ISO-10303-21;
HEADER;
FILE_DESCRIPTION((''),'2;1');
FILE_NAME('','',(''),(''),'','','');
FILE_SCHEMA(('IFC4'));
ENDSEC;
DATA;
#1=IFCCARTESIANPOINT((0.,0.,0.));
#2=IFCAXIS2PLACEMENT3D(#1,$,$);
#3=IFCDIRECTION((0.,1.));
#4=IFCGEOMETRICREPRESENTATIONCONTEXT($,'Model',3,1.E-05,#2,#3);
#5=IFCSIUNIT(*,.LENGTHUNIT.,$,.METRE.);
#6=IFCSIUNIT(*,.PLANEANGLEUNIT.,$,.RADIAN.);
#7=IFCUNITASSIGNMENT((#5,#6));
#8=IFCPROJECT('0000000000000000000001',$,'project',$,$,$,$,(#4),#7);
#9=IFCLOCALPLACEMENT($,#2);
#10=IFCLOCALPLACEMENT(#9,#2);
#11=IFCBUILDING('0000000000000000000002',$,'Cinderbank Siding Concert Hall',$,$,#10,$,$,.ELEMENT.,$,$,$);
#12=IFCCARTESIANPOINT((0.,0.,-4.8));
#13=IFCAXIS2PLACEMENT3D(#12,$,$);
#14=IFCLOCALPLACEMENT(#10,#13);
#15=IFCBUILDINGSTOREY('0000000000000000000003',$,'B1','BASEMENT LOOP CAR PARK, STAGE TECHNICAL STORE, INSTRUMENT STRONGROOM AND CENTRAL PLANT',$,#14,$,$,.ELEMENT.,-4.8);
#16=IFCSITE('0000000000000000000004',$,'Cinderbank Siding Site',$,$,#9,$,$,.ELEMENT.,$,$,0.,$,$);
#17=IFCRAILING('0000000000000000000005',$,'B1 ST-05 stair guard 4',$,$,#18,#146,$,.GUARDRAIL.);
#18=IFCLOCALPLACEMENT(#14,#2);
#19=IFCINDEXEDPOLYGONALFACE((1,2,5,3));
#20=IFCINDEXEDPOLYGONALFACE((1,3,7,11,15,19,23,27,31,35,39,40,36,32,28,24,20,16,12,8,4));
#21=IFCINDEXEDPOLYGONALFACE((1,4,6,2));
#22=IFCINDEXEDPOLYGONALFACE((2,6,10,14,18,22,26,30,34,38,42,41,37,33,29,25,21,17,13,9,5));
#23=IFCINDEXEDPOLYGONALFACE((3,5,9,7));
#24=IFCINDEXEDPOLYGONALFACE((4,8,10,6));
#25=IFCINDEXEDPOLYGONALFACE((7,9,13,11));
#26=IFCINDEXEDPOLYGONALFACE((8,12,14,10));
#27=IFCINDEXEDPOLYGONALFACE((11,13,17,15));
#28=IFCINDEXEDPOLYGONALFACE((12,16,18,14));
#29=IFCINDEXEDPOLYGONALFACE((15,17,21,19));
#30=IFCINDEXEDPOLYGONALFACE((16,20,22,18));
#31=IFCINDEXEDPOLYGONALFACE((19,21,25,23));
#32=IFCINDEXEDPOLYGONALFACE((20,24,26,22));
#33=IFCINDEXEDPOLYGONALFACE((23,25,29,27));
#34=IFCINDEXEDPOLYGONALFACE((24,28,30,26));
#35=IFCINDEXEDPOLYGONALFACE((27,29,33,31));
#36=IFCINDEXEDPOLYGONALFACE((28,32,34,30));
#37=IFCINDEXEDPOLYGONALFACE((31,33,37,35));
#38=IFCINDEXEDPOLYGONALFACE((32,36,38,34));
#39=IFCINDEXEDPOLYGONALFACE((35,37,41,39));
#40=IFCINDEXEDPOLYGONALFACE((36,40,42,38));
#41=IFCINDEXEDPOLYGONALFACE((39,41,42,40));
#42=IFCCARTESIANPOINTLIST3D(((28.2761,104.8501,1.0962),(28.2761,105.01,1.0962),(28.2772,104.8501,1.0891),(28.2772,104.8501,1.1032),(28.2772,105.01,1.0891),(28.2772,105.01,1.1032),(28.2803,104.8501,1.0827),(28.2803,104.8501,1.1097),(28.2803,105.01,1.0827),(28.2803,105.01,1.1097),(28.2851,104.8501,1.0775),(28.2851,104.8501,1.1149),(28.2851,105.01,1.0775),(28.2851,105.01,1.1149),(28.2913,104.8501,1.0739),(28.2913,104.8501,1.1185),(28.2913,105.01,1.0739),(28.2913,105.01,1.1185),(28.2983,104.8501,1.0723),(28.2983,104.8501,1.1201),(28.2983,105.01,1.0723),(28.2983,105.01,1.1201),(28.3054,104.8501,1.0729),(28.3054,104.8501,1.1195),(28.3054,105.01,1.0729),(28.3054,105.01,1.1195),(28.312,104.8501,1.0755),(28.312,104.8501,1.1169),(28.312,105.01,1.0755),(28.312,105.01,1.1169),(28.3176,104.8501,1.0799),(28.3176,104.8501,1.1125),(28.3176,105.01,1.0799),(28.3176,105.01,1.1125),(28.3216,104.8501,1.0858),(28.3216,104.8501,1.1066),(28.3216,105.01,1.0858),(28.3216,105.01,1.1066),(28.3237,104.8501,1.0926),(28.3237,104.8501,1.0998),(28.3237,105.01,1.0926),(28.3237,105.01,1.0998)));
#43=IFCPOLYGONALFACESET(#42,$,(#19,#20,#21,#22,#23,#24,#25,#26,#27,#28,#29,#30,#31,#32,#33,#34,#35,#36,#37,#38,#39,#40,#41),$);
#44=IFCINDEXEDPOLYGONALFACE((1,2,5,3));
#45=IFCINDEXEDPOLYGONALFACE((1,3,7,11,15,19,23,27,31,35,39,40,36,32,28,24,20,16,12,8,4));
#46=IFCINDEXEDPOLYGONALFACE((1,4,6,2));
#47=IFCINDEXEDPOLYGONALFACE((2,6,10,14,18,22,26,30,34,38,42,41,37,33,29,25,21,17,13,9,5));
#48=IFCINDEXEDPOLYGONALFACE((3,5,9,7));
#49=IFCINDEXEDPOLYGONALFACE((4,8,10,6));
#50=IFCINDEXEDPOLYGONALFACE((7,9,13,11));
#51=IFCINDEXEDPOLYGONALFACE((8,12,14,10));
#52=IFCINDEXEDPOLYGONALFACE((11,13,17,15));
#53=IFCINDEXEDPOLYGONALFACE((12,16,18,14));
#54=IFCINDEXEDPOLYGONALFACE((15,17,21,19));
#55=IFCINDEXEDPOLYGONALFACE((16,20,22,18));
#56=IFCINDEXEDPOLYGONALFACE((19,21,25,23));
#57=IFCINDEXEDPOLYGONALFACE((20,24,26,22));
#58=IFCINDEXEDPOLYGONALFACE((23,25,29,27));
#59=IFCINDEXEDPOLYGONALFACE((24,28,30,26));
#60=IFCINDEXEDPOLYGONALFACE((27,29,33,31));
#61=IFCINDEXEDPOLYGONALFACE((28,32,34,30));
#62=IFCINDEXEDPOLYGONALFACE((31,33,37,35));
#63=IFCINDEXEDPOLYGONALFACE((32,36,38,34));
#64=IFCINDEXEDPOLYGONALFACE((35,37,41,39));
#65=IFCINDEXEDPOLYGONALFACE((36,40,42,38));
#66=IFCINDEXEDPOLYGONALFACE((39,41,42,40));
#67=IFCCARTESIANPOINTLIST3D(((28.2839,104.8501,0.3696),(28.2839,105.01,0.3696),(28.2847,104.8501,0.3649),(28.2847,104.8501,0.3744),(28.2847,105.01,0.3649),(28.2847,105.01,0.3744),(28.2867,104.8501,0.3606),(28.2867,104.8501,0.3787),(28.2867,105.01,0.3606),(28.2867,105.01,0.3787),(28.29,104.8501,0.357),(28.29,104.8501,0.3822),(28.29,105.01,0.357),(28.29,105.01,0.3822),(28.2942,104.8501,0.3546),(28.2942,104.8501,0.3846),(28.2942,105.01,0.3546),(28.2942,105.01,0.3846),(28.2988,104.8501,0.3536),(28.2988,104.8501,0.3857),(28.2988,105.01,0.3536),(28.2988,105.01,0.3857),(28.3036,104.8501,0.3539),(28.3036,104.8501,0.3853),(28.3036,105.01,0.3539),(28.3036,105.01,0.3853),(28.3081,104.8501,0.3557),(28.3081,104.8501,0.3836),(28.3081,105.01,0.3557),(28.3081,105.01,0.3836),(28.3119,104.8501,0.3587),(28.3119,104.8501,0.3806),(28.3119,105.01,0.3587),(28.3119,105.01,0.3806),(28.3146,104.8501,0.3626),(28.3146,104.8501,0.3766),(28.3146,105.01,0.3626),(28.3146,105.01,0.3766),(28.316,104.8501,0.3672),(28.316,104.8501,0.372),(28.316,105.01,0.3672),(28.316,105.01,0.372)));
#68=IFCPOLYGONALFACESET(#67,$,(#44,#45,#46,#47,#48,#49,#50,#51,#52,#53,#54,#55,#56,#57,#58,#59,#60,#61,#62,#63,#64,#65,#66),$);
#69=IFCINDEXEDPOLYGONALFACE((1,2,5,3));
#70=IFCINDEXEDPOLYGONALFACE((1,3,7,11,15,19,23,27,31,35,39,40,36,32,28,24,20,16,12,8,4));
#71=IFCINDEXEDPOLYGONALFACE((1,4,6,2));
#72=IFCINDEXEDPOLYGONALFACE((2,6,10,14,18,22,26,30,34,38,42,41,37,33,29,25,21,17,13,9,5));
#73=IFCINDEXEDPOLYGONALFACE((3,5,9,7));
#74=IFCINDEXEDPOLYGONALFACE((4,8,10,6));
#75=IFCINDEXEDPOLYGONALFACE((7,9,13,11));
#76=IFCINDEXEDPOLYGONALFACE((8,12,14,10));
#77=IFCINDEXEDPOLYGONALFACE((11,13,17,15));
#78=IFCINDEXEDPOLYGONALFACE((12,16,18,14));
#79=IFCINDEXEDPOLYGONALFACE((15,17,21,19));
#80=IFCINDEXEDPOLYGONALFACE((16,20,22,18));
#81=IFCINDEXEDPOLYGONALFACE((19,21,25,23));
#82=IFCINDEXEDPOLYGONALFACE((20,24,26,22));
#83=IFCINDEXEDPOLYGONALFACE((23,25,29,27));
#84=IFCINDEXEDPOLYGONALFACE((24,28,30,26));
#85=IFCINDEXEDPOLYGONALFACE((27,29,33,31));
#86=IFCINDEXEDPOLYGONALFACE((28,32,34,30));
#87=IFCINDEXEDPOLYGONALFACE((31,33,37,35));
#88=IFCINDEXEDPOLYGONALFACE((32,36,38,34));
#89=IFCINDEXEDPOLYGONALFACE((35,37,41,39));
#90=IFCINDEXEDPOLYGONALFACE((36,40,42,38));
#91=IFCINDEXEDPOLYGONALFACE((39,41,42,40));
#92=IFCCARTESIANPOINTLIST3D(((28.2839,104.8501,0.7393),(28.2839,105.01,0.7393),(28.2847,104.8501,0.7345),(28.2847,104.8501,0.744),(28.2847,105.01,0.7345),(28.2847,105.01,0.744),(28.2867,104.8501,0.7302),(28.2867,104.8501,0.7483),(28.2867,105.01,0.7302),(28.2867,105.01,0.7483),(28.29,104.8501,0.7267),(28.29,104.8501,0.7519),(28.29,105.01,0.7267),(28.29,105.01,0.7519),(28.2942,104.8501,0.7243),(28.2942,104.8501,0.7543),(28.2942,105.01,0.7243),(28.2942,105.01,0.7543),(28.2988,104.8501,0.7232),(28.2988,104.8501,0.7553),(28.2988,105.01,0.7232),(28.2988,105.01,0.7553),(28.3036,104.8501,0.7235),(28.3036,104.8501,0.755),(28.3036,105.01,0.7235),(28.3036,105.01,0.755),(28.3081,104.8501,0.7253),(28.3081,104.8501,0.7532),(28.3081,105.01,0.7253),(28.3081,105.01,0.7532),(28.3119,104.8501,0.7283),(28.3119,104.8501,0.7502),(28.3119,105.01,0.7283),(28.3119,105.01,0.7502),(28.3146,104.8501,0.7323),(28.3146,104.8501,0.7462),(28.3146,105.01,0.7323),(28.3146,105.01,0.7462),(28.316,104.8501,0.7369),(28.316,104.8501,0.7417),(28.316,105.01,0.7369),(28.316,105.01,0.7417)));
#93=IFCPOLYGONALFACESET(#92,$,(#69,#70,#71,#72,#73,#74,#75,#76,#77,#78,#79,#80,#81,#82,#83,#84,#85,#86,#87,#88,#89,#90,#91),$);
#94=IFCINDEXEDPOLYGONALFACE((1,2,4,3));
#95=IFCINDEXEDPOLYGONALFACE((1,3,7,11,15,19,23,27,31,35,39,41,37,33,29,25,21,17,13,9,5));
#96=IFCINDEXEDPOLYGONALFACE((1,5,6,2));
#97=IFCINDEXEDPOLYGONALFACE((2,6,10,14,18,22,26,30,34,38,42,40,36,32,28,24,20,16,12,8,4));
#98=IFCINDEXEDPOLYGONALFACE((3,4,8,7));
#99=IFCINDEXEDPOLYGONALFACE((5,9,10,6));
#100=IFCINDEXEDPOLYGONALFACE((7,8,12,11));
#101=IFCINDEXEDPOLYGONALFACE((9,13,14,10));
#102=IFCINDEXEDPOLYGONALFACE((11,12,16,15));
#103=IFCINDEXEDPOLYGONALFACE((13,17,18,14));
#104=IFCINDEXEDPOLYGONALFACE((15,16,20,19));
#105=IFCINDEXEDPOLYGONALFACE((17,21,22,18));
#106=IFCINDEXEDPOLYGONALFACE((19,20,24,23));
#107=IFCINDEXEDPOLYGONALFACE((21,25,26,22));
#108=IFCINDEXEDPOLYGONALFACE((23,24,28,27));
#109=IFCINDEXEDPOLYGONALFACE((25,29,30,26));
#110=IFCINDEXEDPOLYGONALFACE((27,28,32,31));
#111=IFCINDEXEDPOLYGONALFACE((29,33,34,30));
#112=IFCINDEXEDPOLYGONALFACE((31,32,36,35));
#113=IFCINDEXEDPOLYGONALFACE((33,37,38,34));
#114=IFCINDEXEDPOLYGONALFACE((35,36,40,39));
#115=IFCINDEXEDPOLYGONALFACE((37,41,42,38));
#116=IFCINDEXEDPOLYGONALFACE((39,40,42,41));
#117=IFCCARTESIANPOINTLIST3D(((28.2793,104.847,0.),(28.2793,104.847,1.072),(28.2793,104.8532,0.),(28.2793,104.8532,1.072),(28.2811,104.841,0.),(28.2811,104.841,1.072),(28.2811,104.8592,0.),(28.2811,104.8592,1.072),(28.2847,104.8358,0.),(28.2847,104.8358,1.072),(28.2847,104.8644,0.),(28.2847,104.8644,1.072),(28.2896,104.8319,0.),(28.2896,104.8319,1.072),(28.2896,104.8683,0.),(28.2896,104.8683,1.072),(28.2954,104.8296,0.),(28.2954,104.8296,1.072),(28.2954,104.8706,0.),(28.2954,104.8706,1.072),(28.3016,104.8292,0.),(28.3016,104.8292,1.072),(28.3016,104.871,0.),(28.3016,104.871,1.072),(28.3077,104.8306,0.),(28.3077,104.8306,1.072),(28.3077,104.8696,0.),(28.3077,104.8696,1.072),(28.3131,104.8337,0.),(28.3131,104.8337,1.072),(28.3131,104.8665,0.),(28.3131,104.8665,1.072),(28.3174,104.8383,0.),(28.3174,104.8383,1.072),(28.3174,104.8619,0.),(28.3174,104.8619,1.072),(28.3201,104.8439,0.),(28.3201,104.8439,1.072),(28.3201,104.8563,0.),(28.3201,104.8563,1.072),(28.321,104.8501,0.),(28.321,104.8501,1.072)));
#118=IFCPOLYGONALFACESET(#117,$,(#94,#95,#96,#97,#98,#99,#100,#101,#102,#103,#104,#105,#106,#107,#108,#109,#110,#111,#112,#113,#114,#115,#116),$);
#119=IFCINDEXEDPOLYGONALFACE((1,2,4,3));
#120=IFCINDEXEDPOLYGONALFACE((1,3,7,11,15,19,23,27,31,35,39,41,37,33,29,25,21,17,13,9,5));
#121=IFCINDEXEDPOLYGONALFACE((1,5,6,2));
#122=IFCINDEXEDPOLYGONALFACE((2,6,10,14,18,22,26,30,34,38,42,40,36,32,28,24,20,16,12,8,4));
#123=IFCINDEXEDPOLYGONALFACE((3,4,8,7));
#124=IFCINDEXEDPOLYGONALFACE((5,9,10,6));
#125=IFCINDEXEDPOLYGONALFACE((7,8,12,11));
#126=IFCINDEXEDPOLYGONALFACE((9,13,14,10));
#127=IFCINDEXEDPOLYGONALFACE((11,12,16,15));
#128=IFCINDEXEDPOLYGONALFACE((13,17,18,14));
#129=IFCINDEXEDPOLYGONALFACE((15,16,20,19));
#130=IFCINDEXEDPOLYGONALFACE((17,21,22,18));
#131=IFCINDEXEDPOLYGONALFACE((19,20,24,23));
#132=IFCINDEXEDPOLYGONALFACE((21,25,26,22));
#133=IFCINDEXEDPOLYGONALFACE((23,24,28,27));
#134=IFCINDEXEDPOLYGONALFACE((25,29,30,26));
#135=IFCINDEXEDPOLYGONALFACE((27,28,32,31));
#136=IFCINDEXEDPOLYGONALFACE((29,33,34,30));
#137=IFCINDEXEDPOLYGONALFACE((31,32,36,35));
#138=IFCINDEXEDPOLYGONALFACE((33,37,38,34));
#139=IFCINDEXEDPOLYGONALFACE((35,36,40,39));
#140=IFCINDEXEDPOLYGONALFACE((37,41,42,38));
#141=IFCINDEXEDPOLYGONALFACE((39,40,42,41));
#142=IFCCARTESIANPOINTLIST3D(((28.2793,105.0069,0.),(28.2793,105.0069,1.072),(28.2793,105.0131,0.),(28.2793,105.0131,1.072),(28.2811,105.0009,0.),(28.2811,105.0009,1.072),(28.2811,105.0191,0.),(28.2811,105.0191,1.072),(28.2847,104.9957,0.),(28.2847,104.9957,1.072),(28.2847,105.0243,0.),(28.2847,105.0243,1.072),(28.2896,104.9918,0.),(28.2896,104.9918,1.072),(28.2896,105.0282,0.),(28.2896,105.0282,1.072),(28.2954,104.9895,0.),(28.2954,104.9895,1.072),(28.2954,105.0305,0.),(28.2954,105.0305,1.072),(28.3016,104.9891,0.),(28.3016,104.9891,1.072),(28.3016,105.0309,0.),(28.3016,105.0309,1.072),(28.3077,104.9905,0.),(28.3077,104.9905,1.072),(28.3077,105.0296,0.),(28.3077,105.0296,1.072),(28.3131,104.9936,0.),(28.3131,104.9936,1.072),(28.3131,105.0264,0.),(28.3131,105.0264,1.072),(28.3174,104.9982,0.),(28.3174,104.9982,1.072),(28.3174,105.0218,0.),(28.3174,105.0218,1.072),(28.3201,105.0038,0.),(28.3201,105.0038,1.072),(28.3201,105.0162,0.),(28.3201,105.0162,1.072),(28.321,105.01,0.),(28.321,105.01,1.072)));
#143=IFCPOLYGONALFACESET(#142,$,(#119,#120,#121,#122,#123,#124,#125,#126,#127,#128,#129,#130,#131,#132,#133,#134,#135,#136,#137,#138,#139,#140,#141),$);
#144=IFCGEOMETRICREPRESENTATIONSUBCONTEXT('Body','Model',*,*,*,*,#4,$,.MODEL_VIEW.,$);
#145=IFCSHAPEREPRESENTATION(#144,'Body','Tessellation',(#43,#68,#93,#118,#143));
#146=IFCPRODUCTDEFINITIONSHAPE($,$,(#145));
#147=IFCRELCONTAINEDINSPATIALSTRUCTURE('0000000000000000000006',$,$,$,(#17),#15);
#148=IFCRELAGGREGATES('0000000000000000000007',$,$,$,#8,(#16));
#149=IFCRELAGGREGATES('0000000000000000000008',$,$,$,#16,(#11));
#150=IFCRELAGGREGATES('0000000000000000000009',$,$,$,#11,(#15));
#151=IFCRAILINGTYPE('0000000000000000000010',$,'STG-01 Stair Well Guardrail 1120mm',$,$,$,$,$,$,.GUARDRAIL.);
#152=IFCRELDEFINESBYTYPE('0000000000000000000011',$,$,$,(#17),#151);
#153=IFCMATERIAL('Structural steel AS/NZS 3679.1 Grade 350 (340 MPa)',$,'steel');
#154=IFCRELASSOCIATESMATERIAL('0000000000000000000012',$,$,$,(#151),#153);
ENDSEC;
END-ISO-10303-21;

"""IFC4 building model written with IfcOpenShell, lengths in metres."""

from ifc_helpers import new_model, si_unit, direction, frame, origin, origin_2d, place, context, subcontext, project, spatial, circle, extrude, material, type_object, element, save


model = new_model("IFC4")

# Units and contexts
model_context = context("Model", 3, precision=1e-05, world=origin(), true_north=direction((0.0, 1.0)))
body_context = subcontext(model_context, "Body", "Model", "MODEL_VIEW")
ifc_project = project(units=[si_unit("LENGTHUNIT", "METRE"), si_unit("PLANEANGLEUNIT", "RADIAN")], contexts=[model_context])

# Site, building, storey
site_placement = place(None, origin())
site = spatial("IfcSite", under=ifc_project, at=site_placement, Name="Cinderbank Siding Site", CompositionType="ELEMENT", RefElevation=0.0)
building_placement = place(site_placement, origin())
building = spatial("IfcBuilding", under=site, at=building_placement, Name="Cinderbank Siding Concert Hall", CompositionType="ELEMENT")
storey_placement = place(building_placement, frame((0.0, 0.0, -4.8)))
storey = spatial("IfcBuildingStorey", under=building, at=storey_placement, Name="B1", Description="BASEMENT LOOP CAR PARK, STAGE TECHNICAL STORE, INSTRUMENT STRONGROOM AND CENTRAL PLANT", CompositionType="ELEMENT", Elevation=-4.8)

# Shared definitions
ifc_material_1 = material(Name="Structural steel AS/NZS 3679.1 Grade 350 (340 MPa)", Category="steel")

# Railing
railing_type_1 = type_object("IfcRailingType", Name="STG-01 Stair Well Guardrail 1120mm", PredefinedType="GUARDRAIL", material=ifc_material_1)
railing_1_placement = place(storey_placement, frame((28.3, 104.8501, 0.0)))
element("IfcRailing", 1, at=railing_1_placement, inside=storey, type_object=railing_type_1, Name="B1 ST-05 stair guard 4", PredefinedType="GUARDRAIL", context=body_context, shape_type="SweptSolid", body=[
    extrude(circle(Radius=0.0239, at=origin_2d()), frame((0.0, 0.0, 1.0962), z_axis=(0.0, 1.0, 0.0), x_axis=(-1.0, 0.0, 0.0)), (0.0, 0.0, 1.0), 0.1599),
    extrude(circle(Radius=0.0161, at=origin_2d()), frame((0.0, 0.0, 0.3696), z_axis=(0.0, 1.0, 0.0), x_axis=(-1.0, 0.0, 0.0)), (0.0, 0.0, 1.0), 0.1599),
    extrude(circle(Radius=0.0161, at=origin_2d()), frame((0.0, 0.0, 0.7393), z_axis=(0.0, 1.0, 0.0), x_axis=(-1.0, 0.0, 0.0)), (0.0, 0.0, 1.0), 0.1599),
    extrude(circle(Radius=0.021, at=origin_2d()), origin(), (0.0, 0.0, 1.0), 1.072),
    extrude(circle(Radius=0.021, at=origin_2d()), frame((0.0, 0.1599, 0.0)), (0.0, 0.0, 1.0), 1.072),
])

save(model, "model.ifc")
